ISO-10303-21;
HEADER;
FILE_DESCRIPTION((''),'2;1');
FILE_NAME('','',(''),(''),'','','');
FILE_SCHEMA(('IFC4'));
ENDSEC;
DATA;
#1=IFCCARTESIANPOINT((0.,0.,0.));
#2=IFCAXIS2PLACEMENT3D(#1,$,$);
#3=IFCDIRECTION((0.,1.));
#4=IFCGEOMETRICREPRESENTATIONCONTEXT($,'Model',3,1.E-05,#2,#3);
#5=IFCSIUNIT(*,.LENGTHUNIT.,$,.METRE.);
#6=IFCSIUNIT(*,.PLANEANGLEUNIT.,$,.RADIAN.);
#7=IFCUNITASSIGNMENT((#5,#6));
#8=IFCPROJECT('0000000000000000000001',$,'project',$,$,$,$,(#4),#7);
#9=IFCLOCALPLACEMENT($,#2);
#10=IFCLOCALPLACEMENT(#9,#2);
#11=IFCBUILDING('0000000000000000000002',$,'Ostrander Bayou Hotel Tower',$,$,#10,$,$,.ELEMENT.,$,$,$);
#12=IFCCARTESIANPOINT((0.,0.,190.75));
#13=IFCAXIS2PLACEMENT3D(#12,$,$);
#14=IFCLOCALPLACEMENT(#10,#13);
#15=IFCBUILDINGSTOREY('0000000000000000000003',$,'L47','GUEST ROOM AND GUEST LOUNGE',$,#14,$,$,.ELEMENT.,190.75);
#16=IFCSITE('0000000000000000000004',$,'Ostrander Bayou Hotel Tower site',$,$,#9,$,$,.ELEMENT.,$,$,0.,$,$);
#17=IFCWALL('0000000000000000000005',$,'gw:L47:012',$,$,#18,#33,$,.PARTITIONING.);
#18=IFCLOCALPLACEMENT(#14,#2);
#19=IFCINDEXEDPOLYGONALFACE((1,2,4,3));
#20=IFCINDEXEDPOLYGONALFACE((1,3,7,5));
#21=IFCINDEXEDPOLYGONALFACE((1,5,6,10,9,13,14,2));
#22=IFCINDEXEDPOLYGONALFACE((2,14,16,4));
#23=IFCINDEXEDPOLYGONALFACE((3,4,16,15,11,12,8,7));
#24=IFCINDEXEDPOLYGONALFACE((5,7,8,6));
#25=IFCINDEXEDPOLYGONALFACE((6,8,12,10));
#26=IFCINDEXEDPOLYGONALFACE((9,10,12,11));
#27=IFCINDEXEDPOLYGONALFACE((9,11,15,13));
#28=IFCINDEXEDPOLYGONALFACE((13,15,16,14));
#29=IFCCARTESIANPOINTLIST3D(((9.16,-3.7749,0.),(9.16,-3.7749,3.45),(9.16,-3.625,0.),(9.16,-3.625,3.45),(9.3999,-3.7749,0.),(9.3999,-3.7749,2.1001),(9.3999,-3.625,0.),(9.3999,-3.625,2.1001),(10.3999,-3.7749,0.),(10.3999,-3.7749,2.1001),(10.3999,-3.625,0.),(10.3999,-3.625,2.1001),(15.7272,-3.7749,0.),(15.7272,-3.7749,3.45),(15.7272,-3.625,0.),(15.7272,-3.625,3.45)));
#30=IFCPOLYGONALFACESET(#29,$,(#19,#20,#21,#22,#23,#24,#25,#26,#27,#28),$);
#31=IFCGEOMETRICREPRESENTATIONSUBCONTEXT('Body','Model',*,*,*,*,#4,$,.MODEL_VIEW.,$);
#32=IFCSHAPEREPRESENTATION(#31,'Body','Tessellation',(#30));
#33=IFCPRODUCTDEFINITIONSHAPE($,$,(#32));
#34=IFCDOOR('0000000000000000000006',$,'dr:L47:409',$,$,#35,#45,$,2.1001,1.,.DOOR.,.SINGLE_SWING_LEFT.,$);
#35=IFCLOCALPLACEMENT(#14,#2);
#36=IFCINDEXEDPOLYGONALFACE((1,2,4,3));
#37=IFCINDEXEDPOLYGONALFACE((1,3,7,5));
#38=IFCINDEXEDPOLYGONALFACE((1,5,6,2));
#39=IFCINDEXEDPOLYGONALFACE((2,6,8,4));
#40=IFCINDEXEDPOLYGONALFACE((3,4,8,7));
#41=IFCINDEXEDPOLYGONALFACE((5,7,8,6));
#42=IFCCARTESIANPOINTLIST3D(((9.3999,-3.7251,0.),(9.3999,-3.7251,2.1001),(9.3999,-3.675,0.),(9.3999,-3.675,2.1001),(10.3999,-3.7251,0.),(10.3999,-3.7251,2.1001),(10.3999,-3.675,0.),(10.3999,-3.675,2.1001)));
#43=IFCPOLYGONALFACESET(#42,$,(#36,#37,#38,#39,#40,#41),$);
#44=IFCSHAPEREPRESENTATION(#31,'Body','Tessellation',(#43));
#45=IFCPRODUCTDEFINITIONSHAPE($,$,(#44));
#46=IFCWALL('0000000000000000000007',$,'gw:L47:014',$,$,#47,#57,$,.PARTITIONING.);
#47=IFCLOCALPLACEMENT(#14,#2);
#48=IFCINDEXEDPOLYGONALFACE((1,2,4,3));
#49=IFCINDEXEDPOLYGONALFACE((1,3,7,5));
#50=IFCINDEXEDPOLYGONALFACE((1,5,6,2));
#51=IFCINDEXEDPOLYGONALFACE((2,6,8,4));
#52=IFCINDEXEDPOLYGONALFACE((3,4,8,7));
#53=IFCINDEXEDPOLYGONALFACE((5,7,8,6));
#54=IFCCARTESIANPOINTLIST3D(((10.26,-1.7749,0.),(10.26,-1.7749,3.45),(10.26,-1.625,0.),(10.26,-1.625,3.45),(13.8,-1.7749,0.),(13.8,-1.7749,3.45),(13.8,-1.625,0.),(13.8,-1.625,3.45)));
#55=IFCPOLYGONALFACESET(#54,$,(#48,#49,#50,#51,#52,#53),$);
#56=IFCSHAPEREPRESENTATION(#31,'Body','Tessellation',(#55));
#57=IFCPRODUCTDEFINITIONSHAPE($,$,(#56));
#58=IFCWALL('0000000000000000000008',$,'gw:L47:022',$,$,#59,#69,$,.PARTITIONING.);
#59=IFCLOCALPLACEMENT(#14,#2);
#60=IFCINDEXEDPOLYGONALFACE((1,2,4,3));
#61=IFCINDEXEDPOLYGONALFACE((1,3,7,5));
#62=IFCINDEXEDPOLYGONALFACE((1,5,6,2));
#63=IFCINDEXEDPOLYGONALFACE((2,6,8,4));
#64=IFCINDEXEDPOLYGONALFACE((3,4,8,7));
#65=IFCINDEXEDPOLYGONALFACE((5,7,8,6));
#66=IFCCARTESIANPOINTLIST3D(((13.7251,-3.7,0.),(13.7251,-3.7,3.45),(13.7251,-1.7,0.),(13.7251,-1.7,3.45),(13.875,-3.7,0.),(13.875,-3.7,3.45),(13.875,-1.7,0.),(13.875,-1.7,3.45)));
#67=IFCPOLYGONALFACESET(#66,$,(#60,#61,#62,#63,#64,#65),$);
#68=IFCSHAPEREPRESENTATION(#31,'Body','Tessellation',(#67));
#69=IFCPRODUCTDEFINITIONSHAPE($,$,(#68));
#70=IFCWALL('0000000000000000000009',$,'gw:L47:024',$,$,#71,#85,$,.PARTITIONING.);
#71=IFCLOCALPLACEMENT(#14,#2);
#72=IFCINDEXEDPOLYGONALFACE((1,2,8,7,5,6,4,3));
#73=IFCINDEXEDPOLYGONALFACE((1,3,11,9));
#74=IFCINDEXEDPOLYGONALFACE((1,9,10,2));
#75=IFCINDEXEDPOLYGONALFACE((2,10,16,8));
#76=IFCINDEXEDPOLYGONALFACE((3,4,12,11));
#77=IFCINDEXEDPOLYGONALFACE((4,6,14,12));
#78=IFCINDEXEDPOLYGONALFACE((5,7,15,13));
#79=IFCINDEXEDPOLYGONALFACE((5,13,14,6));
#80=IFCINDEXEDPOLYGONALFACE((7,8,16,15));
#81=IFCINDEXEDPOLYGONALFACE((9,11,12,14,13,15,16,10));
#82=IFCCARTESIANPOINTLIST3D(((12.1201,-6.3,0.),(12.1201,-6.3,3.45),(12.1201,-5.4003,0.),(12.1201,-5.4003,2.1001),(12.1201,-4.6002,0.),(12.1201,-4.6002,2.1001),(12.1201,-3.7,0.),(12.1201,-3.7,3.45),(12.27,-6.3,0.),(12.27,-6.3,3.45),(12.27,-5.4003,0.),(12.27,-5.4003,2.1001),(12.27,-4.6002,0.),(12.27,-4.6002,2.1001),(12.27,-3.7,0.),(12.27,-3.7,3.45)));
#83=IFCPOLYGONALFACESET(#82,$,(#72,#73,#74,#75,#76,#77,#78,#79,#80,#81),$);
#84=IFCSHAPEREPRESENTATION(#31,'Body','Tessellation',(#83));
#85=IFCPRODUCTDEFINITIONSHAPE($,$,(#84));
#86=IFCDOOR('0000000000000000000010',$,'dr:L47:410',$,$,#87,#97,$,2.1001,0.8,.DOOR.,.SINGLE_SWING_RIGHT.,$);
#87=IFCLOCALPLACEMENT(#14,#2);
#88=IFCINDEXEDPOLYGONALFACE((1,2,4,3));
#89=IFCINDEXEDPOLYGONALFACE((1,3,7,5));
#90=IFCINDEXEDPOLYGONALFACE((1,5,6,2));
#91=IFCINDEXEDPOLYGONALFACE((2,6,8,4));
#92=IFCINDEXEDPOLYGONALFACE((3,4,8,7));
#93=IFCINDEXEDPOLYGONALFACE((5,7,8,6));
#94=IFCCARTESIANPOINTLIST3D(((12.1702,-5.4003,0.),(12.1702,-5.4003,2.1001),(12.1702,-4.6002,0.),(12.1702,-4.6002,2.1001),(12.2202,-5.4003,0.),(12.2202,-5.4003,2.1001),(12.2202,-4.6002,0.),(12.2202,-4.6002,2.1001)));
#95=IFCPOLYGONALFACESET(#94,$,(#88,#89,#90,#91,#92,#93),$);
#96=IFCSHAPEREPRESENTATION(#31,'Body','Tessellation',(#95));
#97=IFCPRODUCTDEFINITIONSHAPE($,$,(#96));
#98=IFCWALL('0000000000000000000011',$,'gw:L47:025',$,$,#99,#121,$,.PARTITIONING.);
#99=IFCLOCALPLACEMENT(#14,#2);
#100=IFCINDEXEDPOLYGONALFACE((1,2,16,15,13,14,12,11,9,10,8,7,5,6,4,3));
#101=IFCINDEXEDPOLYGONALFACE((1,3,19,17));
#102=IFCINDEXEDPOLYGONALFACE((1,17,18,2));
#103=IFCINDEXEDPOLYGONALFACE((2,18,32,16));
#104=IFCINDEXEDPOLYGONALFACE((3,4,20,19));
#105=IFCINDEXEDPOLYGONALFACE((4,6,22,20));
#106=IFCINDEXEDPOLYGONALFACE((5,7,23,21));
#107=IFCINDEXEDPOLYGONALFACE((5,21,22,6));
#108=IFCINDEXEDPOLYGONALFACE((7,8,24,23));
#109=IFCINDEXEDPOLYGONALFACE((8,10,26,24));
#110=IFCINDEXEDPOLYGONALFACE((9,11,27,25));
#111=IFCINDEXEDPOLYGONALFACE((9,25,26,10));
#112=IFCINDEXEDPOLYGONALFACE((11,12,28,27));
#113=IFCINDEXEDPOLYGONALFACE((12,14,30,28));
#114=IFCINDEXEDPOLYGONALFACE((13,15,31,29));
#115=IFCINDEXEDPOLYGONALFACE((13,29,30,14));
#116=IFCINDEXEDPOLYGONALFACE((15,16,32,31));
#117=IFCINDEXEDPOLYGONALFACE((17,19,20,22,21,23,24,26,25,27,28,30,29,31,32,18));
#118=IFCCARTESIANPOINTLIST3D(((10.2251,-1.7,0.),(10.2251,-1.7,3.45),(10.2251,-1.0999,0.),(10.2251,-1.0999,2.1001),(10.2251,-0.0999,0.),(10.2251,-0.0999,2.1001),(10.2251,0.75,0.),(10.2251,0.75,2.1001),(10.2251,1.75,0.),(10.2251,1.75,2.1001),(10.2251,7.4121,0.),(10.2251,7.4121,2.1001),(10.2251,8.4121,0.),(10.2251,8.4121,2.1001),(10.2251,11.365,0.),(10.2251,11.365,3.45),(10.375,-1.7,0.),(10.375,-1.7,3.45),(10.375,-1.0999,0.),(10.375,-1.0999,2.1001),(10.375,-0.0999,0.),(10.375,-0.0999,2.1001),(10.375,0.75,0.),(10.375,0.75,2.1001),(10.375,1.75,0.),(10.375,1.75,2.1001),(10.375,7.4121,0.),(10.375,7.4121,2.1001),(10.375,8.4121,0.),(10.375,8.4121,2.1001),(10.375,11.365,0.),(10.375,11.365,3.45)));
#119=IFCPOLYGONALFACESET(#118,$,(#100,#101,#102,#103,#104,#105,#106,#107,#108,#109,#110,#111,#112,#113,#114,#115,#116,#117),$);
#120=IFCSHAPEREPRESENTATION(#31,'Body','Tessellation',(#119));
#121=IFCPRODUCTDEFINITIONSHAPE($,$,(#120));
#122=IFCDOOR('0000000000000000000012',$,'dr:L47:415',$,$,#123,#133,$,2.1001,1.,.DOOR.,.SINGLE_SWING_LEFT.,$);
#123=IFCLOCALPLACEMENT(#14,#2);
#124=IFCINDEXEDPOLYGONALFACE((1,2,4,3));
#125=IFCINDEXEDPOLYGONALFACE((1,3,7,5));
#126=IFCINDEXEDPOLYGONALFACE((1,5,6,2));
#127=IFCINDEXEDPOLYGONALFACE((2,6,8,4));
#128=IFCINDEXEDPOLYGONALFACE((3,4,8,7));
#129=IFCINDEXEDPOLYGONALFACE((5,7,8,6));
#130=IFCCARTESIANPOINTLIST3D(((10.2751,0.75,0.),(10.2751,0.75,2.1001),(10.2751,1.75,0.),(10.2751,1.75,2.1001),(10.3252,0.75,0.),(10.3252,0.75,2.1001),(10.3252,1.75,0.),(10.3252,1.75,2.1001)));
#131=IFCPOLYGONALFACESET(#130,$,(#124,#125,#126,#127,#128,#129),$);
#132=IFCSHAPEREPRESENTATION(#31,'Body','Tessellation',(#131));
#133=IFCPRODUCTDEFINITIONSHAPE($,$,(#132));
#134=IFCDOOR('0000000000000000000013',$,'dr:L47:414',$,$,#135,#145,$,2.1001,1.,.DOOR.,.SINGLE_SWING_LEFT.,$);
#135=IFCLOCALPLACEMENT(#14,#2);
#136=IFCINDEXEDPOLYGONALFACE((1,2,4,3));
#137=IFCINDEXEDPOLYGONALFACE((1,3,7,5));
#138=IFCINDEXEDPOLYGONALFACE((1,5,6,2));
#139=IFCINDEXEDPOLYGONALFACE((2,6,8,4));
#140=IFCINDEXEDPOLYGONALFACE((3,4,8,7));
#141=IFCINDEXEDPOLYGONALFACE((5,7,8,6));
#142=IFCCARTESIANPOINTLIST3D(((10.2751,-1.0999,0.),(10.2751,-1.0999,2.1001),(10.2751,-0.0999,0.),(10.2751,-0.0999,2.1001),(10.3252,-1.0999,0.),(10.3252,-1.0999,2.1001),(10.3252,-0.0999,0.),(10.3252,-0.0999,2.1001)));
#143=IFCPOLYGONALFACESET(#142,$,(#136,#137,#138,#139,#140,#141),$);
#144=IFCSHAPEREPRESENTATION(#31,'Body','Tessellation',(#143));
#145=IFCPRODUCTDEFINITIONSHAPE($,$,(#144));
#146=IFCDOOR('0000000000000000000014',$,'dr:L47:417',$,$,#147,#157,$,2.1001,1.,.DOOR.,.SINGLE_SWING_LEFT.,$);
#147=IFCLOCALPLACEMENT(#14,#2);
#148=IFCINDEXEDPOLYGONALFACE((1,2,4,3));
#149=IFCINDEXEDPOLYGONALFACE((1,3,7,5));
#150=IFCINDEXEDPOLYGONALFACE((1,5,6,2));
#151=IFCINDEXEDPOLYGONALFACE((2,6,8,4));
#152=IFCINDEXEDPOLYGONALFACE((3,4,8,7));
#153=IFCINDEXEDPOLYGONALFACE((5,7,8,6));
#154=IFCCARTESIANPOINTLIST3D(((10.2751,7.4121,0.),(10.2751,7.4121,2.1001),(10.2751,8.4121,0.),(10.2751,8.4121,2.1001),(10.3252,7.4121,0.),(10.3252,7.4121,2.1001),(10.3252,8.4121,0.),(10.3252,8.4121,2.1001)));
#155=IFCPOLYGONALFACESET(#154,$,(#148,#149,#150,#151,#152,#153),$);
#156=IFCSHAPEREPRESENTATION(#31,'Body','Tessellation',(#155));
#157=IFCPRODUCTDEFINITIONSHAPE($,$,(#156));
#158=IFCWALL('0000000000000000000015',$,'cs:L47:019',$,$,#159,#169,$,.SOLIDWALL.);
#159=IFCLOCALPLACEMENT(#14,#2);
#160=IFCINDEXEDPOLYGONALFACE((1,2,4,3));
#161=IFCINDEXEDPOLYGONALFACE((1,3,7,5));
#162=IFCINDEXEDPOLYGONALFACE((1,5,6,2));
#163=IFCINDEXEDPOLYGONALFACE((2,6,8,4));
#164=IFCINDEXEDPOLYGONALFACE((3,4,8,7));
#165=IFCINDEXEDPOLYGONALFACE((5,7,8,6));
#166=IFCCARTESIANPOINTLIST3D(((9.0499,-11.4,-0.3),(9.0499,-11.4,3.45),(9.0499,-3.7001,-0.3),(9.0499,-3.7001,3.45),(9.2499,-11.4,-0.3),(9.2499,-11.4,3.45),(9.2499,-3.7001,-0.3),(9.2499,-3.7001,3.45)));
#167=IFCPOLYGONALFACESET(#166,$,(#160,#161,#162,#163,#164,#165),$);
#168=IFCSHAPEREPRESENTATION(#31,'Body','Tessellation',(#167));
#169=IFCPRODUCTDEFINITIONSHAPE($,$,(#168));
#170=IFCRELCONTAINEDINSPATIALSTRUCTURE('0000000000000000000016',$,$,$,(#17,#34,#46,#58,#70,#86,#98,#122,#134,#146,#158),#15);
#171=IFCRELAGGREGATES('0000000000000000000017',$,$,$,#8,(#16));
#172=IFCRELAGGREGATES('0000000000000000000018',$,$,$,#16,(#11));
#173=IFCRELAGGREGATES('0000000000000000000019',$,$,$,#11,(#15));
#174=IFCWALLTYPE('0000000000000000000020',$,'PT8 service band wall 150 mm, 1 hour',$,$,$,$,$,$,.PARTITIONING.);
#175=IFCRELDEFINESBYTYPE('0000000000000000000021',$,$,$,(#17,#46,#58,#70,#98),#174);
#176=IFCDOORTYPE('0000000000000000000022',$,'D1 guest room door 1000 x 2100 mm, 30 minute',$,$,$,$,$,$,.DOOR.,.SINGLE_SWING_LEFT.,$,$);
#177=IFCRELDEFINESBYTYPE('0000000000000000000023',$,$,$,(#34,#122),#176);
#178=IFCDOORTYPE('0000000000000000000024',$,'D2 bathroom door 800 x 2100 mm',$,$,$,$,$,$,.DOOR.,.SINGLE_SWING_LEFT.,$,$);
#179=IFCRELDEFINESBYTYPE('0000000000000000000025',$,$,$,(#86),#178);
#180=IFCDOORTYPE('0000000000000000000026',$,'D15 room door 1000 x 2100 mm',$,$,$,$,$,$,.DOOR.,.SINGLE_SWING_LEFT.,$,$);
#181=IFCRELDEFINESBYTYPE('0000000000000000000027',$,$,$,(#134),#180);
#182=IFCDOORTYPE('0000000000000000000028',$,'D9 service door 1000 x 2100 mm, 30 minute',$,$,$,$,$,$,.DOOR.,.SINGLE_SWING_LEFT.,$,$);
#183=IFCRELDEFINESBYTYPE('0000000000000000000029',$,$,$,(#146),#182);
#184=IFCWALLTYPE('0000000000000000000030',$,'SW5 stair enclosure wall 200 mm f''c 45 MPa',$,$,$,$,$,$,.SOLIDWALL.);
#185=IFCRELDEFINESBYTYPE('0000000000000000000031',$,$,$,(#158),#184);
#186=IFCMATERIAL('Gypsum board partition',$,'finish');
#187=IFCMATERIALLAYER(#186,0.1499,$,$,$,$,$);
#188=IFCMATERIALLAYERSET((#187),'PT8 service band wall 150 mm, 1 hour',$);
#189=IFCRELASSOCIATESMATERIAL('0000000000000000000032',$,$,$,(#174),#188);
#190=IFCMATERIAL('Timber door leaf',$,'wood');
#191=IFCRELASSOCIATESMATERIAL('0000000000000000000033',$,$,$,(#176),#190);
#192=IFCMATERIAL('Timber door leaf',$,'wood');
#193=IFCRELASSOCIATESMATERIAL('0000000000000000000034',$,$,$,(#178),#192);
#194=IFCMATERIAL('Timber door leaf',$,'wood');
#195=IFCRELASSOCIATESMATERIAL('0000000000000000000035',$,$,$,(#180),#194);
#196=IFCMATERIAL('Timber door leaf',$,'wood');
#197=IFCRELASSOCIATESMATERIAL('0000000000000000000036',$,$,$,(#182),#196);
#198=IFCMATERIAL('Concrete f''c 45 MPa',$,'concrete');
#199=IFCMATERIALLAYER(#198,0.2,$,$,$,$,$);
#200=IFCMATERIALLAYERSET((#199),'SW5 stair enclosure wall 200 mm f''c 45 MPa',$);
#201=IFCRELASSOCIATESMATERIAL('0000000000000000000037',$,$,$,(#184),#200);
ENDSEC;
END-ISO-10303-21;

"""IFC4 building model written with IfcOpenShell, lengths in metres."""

from ifc_helpers import new_model, si_unit, direction, frame, frame_2d, origin, place, context, subcontext, project, spatial, rectangle, extrude, material, layer, layer_set, type_object, element, fill, save


model = new_model("IFC4")

# Units and contexts
model_context = context("Model", 3, precision=1e-05, world=origin(), true_north=direction((0.0, 1.0)))
body_context = subcontext(model_context, "Body", "Model", "MODEL_VIEW")
ifc_project = project(units=[si_unit("LENGTHUNIT", "METRE"), si_unit("PLANEANGLEUNIT", "RADIAN")], contexts=[model_context])

# Site, building, storey
site_placement = place(None, origin())
site = spatial("IfcSite", under=ifc_project, at=site_placement, Name="Ostrander Bayou Hotel Tower site", CompositionType="ELEMENT", RefElevation=0.0)
building_placement = place(site_placement, origin())
building = spatial("IfcBuilding", under=site, at=building_placement, Name="Ostrander Bayou Hotel Tower", CompositionType="ELEMENT")
storey_placement = place(building_placement, frame((0.0, 0.0, 190.75)))
storey = spatial("IfcBuildingStorey", under=building, at=storey_placement, Name="L47", Description="GUEST ROOM AND GUEST LOUNGE", CompositionType="ELEMENT", Elevation=190.75)

# Shared definitions
ifc_material_1 = material(Name="Gypsum board partition", Category="finish")
ifc_layer_1 = layer(ifc_material_1, 0.1499)
ifc_layer_set_1 = layer_set([ifc_layer_1], Name="PT8 service band wall 150 mm, 1 hour")
wall_type_1 = type_object("IfcWallType", Name="PT8 service band wall 150 mm, 1 hour", PredefinedType="PARTITIONING", material=ifc_layer_set_1)

# Wall, opening, door
wall_1_placement = place(storey_placement, frame((9.1599, -3.7, 0.0), z_axis=(0.0, 0.0, 1.0), x_axis=(1.0, 0.0, 0.0)))
wall_1 = element("IfcWall", 1, at=wall_1_placement, inside=storey, type_object=wall_type_1, Name="gw:L47:012", PredefinedType="PARTITIONING", context=body_context, shape_type="SweptSolid", body=[
    extrude(rectangle(XDim=6.5671, YDim=0.1499, at=frame_2d((3.2837, 0.0))), origin(), (0.0, 0.0, 1.0), 3.45),
])
opening_1_placement = place(wall_1_placement, frame((0.24, 0.0, 0.0)))
opening_1 = element("IfcOpeningElement", 2, at=opening_1_placement, cuts=wall_1, PredefinedType="OPENING", context=body_context, shape_type="SweptSolid", body=[
    extrude(rectangle(XDim=1.0, YDim=2.1001, at=frame_2d((0.5, 1.05))), frame((0.0, 0.075, 0.0), z_axis=(0.0, -1.0, 0.0), x_axis=(1.0, 0.0, 0.0)), (0.0, 0.0, 1.0), 0.1499),
])
ifc_material_2 = material(Name="Timber door leaf", Category="wood")
door_type_1 = type_object("IfcDoorType", Name="D1 guest room door 1000 x 2100 mm, 30 minute", OperationType="SINGLE_SWING_LEFT", PredefinedType="DOOR", material=ifc_material_2)
door_1_placement = place(opening_1_placement, origin())
door_1 = element("IfcDoor", 3, at=door_1_placement, inside=storey, type_object=door_type_1, Name="dr:L47:409", OperationType="SINGLE_SWING_LEFT", OverallHeight=2.1001, OverallWidth=1.0, PredefinedType="DOOR", context=body_context, shape_type="SweptSolid", body=[
    extrude(rectangle(XDim=1.0, YDim=2.1001, at=frame_2d((0.5, 1.05))), frame((0.0, 0.0249, 0.0), z_axis=(0.0, -1.0, 0.0), x_axis=(1.0, 0.0, 0.0)), (0.0, 0.0, 1.0), 0.05),
])
fill(opening_1, door_1)

# Walls
wall_2_placement = place(storey_placement, frame((10.26, -1.7, 0.0), z_axis=(0.0, 0.0, 1.0), x_axis=(1.0, 0.0, 0.0)))
element("IfcWall", 4, at=wall_2_placement, inside=storey, type_object=wall_type_1, Name="gw:L47:014", PredefinedType="PARTITIONING", context=body_context, shape_type="SweptSolid", body=[
    extrude(rectangle(XDim=3.54, YDim=0.1499, at=frame_2d((1.77, 0.0))), origin(), (0.0, 0.0, 1.0), 3.45),
])
wall_3_placement = place(storey_placement, frame((13.8, -3.7, 0.0), z_axis=(0.0, 0.0, 1.0), x_axis=(0.0, 1.0, 0.0)))
element("IfcWall", 5, at=wall_3_placement, inside=storey, type_object=wall_type_1, Name="gw:L47:022", PredefinedType="PARTITIONING", context=body_context, shape_type="SweptSolid", body=[
    extrude(rectangle(XDim=2.0, YDim=0.1499, at=frame_2d((1.0, 0.0))), origin(), (0.0, 0.0, 1.0), 3.45),
])

# Wall, opening, door
wall_4_placement = place(storey_placement, frame((12.1951, -6.3, 0.0), z_axis=(0.0, 0.0, 1.0), x_axis=(0.0, 1.0, 0.0)))
wall_4 = element("IfcWall", 6, at=wall_4_placement, inside=storey, type_object=wall_type_1, Name="gw:L47:024", PredefinedType="PARTITIONING", context=body_context, shape_type="SweptSolid", body=[
    extrude(rectangle(XDim=2.6001, YDim=0.1499, at=frame_2d((1.3, 0.0))), origin(), (0.0, 0.0, 1.0), 3.45),
])
opening_2_placement = place(wall_4_placement, frame((0.8999, 0.0, 0.0)))
opening_2 = element("IfcOpeningElement", 7, at=opening_2_placement, cuts=wall_4, PredefinedType="OPENING", context=body_context, shape_type="SweptSolid", body=[
    extrude(rectangle(XDim=0.8, YDim=2.1001, at=frame_2d((0.3999, 1.05))), frame((0.0, 0.075, 0.0), z_axis=(0.0, -1.0, 0.0), x_axis=(1.0, 0.0, 0.0)), (0.0, 0.0, 1.0), 0.1499),
])
ifc_material_3 = material(Name="Timber door leaf", Category="wood")
door_type_2 = type_object("IfcDoorType", Name="D2 bathroom door 800 x 2100 mm", OperationType="SINGLE_SWING_LEFT", PredefinedType="DOOR", material=ifc_material_3)
door_2_placement = place(opening_2_placement, origin())
door_2 = element("IfcDoor", 8, at=door_2_placement, inside=storey, type_object=door_type_2, Name="dr:L47:410", OperationType="SINGLE_SWING_RIGHT", OverallHeight=2.1001, OverallWidth=0.8, PredefinedType="DOOR", context=body_context, shape_type="SweptSolid", body=[
    extrude(rectangle(XDim=0.8, YDim=2.1001, at=frame_2d((0.3999, 1.05))), frame((0.0, 0.0249, 0.0), z_axis=(0.0, -1.0, 0.0), x_axis=(1.0, 0.0, 0.0)), (0.0, 0.0, 1.0), 0.05),
])
fill(opening_2, door_2)

# Wall, openings, doors
wall_5_placement = place(storey_placement, frame((10.3, -1.7, 0.0), z_axis=(0.0, 0.0, 1.0), x_axis=(0.0, 1.0, 0.0)))
wall_5 = element("IfcWall", 9, at=wall_5_placement, inside=storey, type_object=wall_type_1, Name="gw:L47:025", PredefinedType="PARTITIONING", context=body_context, shape_type="SweptSolid", body=[
    extrude(rectangle(XDim=13.0649, YDim=0.1499, at=frame_2d((6.5325, 0.0))), origin(), (0.0, 0.0, 1.0), 3.45),
])
opening_3_placement = place(wall_5_placement, frame((0.6001, 0.0, 0.0)))
opening_3 = element("IfcOpeningElement", 10, at=opening_3_placement, cuts=wall_5, PredefinedType="OPENING", context=body_context, shape_type="SweptSolid", body=[
    extrude(rectangle(XDim=1.0, YDim=2.1001, at=frame_2d((0.5, 1.05))), frame((0.0, 0.075, 0.0), z_axis=(0.0, -1.0, 0.0), x_axis=(1.0, 0.0, 0.0)), (0.0, 0.0, 1.0), 0.1499),
])
opening_4_placement = place(wall_5_placement, frame((2.45, 0.0, 0.0)))
opening_4 = element("IfcOpeningElement", 11, at=opening_4_placement, cuts=wall_5, PredefinedType="OPENING", context=body_context, shape_type="SweptSolid", body=[
    extrude(rectangle(XDim=1.0, YDim=2.1001, at=frame_2d((0.5, 1.05))), frame((0.0, 0.075, 0.0), z_axis=(0.0, -1.0, 0.0), x_axis=(1.0, 0.0, 0.0)), (0.0, 0.0, 1.0), 0.1499),
])
opening_5_placement = place(wall_5_placement, frame((9.1121, 0.0, 0.0)))
opening_5 = element("IfcOpeningElement", 12, at=opening_5_placement, cuts=wall_5, PredefinedType="OPENING", context=body_context, shape_type="SweptSolid", body=[
    extrude(rectangle(XDim=1.0, YDim=2.1001, at=frame_2d((0.5, 1.05))), frame((0.0, 0.075, 0.0), z_axis=(0.0, -1.0, 0.0), x_axis=(1.0, 0.0, 0.0)), (0.0, 0.0, 1.0), 0.1499),
])
door_3_placement = place(opening_4_placement, origin())
door_3 = element("IfcDoor", 13, at=door_3_placement, inside=storey, type_object=door_type_1, Name="dr:L47:415", OperationType="SINGLE_SWING_LEFT", OverallHeight=2.1001, OverallWidth=1.0, PredefinedType="DOOR", context=body_context, shape_type="SweptSolid", body=[
    extrude(rectangle(XDim=1.0, YDim=2.1001, at=frame_2d((0.5, 1.05))), frame((0.0, 0.0249, 0.0), z_axis=(0.0, -1.0, 0.0), x_axis=(1.0, 0.0, 0.0)), (0.0, 0.0, 1.0), 0.05),
])
fill(opening_4, door_3)
ifc_material_4 = material(Name="Timber door leaf", Category="wood")
door_type_3 = type_object("IfcDoorType", Name="D15 room door 1000 x 2100 mm", OperationType="SINGLE_SWING_LEFT", PredefinedType="DOOR", material=ifc_material_4)
door_4_placement = place(opening_3_placement, origin())
door_4 = element("IfcDoor", 14, at=door_4_placement, inside=storey, type_object=door_type_3, Name="dr:L47:414", OperationType="SINGLE_SWING_LEFT", OverallHeight=2.1001, OverallWidth=1.0, PredefinedType="DOOR", context=body_context, shape_type="SweptSolid", body=[
    extrude(rectangle(XDim=1.0, YDim=2.1001, at=frame_2d((0.5, 1.05))), frame((0.0, 0.0249, 0.0), z_axis=(0.0, -1.0, 0.0), x_axis=(1.0, 0.0, 0.0)), (0.0, 0.0, 1.0), 0.05),
])
fill(opening_3, door_4)
ifc_material_5 = material(Name="Timber door leaf", Category="wood")
door_type_4 = type_object("IfcDoorType", Name="D9 service door 1000 x 2100 mm, 30 minute", OperationType="SINGLE_SWING_LEFT", PredefinedType="DOOR", material=ifc_material_5)
door_5_placement = place(opening_5_placement, origin())
door_5 = element("IfcDoor", 15, at=door_5_placement, inside=storey, type_object=door_type_4, Name="dr:L47:417", OperationType="SINGLE_SWING_LEFT", OverallHeight=2.1001, OverallWidth=1.0, PredefinedType="DOOR", context=body_context, shape_type="SweptSolid", body=[
    extrude(rectangle(XDim=1.0, YDim=2.1001, at=frame_2d((0.5, 1.05))), frame((0.0, 0.0249, 0.0), z_axis=(0.0, -1.0, 0.0), x_axis=(1.0, 0.0, 0.0)), (0.0, 0.0, 1.0), 0.05),
])
fill(opening_5, door_5)

# Wall
ifc_material_6 = material(Name="Concrete f'c 45 MPa", Category="concrete")
ifc_layer_2 = layer(ifc_material_6, 0.2)
ifc_layer_set_2 = layer_set([ifc_layer_2], Name="SW5 stair enclosure wall 200 mm f'c 45 MPa")
wall_type_2 = type_object("IfcWallType", Name="SW5 stair enclosure wall 200 mm f'c 45 MPa", PredefinedType="SOLIDWALL", material=ifc_layer_set_2)
wall_6_placement = place(storey_placement, frame((9.1499, -3.7, -0.3), z_axis=(0.0, 0.0, 1.0), x_axis=(0.0, -1.0, 0.0)))
element("IfcWall", 16, at=wall_6_placement, inside=storey, type_object=wall_type_2, Name="cs:L47:019", PredefinedType="SOLIDWALL", context=body_context, shape_type="SweptSolid", body=[
    extrude(rectangle(XDim=7.7, YDim=0.2, at=frame_2d((3.8501, 0.0))), origin(), (0.0, 0.0, 1.0), 3.75),
])

save(model, "model.ifc")
